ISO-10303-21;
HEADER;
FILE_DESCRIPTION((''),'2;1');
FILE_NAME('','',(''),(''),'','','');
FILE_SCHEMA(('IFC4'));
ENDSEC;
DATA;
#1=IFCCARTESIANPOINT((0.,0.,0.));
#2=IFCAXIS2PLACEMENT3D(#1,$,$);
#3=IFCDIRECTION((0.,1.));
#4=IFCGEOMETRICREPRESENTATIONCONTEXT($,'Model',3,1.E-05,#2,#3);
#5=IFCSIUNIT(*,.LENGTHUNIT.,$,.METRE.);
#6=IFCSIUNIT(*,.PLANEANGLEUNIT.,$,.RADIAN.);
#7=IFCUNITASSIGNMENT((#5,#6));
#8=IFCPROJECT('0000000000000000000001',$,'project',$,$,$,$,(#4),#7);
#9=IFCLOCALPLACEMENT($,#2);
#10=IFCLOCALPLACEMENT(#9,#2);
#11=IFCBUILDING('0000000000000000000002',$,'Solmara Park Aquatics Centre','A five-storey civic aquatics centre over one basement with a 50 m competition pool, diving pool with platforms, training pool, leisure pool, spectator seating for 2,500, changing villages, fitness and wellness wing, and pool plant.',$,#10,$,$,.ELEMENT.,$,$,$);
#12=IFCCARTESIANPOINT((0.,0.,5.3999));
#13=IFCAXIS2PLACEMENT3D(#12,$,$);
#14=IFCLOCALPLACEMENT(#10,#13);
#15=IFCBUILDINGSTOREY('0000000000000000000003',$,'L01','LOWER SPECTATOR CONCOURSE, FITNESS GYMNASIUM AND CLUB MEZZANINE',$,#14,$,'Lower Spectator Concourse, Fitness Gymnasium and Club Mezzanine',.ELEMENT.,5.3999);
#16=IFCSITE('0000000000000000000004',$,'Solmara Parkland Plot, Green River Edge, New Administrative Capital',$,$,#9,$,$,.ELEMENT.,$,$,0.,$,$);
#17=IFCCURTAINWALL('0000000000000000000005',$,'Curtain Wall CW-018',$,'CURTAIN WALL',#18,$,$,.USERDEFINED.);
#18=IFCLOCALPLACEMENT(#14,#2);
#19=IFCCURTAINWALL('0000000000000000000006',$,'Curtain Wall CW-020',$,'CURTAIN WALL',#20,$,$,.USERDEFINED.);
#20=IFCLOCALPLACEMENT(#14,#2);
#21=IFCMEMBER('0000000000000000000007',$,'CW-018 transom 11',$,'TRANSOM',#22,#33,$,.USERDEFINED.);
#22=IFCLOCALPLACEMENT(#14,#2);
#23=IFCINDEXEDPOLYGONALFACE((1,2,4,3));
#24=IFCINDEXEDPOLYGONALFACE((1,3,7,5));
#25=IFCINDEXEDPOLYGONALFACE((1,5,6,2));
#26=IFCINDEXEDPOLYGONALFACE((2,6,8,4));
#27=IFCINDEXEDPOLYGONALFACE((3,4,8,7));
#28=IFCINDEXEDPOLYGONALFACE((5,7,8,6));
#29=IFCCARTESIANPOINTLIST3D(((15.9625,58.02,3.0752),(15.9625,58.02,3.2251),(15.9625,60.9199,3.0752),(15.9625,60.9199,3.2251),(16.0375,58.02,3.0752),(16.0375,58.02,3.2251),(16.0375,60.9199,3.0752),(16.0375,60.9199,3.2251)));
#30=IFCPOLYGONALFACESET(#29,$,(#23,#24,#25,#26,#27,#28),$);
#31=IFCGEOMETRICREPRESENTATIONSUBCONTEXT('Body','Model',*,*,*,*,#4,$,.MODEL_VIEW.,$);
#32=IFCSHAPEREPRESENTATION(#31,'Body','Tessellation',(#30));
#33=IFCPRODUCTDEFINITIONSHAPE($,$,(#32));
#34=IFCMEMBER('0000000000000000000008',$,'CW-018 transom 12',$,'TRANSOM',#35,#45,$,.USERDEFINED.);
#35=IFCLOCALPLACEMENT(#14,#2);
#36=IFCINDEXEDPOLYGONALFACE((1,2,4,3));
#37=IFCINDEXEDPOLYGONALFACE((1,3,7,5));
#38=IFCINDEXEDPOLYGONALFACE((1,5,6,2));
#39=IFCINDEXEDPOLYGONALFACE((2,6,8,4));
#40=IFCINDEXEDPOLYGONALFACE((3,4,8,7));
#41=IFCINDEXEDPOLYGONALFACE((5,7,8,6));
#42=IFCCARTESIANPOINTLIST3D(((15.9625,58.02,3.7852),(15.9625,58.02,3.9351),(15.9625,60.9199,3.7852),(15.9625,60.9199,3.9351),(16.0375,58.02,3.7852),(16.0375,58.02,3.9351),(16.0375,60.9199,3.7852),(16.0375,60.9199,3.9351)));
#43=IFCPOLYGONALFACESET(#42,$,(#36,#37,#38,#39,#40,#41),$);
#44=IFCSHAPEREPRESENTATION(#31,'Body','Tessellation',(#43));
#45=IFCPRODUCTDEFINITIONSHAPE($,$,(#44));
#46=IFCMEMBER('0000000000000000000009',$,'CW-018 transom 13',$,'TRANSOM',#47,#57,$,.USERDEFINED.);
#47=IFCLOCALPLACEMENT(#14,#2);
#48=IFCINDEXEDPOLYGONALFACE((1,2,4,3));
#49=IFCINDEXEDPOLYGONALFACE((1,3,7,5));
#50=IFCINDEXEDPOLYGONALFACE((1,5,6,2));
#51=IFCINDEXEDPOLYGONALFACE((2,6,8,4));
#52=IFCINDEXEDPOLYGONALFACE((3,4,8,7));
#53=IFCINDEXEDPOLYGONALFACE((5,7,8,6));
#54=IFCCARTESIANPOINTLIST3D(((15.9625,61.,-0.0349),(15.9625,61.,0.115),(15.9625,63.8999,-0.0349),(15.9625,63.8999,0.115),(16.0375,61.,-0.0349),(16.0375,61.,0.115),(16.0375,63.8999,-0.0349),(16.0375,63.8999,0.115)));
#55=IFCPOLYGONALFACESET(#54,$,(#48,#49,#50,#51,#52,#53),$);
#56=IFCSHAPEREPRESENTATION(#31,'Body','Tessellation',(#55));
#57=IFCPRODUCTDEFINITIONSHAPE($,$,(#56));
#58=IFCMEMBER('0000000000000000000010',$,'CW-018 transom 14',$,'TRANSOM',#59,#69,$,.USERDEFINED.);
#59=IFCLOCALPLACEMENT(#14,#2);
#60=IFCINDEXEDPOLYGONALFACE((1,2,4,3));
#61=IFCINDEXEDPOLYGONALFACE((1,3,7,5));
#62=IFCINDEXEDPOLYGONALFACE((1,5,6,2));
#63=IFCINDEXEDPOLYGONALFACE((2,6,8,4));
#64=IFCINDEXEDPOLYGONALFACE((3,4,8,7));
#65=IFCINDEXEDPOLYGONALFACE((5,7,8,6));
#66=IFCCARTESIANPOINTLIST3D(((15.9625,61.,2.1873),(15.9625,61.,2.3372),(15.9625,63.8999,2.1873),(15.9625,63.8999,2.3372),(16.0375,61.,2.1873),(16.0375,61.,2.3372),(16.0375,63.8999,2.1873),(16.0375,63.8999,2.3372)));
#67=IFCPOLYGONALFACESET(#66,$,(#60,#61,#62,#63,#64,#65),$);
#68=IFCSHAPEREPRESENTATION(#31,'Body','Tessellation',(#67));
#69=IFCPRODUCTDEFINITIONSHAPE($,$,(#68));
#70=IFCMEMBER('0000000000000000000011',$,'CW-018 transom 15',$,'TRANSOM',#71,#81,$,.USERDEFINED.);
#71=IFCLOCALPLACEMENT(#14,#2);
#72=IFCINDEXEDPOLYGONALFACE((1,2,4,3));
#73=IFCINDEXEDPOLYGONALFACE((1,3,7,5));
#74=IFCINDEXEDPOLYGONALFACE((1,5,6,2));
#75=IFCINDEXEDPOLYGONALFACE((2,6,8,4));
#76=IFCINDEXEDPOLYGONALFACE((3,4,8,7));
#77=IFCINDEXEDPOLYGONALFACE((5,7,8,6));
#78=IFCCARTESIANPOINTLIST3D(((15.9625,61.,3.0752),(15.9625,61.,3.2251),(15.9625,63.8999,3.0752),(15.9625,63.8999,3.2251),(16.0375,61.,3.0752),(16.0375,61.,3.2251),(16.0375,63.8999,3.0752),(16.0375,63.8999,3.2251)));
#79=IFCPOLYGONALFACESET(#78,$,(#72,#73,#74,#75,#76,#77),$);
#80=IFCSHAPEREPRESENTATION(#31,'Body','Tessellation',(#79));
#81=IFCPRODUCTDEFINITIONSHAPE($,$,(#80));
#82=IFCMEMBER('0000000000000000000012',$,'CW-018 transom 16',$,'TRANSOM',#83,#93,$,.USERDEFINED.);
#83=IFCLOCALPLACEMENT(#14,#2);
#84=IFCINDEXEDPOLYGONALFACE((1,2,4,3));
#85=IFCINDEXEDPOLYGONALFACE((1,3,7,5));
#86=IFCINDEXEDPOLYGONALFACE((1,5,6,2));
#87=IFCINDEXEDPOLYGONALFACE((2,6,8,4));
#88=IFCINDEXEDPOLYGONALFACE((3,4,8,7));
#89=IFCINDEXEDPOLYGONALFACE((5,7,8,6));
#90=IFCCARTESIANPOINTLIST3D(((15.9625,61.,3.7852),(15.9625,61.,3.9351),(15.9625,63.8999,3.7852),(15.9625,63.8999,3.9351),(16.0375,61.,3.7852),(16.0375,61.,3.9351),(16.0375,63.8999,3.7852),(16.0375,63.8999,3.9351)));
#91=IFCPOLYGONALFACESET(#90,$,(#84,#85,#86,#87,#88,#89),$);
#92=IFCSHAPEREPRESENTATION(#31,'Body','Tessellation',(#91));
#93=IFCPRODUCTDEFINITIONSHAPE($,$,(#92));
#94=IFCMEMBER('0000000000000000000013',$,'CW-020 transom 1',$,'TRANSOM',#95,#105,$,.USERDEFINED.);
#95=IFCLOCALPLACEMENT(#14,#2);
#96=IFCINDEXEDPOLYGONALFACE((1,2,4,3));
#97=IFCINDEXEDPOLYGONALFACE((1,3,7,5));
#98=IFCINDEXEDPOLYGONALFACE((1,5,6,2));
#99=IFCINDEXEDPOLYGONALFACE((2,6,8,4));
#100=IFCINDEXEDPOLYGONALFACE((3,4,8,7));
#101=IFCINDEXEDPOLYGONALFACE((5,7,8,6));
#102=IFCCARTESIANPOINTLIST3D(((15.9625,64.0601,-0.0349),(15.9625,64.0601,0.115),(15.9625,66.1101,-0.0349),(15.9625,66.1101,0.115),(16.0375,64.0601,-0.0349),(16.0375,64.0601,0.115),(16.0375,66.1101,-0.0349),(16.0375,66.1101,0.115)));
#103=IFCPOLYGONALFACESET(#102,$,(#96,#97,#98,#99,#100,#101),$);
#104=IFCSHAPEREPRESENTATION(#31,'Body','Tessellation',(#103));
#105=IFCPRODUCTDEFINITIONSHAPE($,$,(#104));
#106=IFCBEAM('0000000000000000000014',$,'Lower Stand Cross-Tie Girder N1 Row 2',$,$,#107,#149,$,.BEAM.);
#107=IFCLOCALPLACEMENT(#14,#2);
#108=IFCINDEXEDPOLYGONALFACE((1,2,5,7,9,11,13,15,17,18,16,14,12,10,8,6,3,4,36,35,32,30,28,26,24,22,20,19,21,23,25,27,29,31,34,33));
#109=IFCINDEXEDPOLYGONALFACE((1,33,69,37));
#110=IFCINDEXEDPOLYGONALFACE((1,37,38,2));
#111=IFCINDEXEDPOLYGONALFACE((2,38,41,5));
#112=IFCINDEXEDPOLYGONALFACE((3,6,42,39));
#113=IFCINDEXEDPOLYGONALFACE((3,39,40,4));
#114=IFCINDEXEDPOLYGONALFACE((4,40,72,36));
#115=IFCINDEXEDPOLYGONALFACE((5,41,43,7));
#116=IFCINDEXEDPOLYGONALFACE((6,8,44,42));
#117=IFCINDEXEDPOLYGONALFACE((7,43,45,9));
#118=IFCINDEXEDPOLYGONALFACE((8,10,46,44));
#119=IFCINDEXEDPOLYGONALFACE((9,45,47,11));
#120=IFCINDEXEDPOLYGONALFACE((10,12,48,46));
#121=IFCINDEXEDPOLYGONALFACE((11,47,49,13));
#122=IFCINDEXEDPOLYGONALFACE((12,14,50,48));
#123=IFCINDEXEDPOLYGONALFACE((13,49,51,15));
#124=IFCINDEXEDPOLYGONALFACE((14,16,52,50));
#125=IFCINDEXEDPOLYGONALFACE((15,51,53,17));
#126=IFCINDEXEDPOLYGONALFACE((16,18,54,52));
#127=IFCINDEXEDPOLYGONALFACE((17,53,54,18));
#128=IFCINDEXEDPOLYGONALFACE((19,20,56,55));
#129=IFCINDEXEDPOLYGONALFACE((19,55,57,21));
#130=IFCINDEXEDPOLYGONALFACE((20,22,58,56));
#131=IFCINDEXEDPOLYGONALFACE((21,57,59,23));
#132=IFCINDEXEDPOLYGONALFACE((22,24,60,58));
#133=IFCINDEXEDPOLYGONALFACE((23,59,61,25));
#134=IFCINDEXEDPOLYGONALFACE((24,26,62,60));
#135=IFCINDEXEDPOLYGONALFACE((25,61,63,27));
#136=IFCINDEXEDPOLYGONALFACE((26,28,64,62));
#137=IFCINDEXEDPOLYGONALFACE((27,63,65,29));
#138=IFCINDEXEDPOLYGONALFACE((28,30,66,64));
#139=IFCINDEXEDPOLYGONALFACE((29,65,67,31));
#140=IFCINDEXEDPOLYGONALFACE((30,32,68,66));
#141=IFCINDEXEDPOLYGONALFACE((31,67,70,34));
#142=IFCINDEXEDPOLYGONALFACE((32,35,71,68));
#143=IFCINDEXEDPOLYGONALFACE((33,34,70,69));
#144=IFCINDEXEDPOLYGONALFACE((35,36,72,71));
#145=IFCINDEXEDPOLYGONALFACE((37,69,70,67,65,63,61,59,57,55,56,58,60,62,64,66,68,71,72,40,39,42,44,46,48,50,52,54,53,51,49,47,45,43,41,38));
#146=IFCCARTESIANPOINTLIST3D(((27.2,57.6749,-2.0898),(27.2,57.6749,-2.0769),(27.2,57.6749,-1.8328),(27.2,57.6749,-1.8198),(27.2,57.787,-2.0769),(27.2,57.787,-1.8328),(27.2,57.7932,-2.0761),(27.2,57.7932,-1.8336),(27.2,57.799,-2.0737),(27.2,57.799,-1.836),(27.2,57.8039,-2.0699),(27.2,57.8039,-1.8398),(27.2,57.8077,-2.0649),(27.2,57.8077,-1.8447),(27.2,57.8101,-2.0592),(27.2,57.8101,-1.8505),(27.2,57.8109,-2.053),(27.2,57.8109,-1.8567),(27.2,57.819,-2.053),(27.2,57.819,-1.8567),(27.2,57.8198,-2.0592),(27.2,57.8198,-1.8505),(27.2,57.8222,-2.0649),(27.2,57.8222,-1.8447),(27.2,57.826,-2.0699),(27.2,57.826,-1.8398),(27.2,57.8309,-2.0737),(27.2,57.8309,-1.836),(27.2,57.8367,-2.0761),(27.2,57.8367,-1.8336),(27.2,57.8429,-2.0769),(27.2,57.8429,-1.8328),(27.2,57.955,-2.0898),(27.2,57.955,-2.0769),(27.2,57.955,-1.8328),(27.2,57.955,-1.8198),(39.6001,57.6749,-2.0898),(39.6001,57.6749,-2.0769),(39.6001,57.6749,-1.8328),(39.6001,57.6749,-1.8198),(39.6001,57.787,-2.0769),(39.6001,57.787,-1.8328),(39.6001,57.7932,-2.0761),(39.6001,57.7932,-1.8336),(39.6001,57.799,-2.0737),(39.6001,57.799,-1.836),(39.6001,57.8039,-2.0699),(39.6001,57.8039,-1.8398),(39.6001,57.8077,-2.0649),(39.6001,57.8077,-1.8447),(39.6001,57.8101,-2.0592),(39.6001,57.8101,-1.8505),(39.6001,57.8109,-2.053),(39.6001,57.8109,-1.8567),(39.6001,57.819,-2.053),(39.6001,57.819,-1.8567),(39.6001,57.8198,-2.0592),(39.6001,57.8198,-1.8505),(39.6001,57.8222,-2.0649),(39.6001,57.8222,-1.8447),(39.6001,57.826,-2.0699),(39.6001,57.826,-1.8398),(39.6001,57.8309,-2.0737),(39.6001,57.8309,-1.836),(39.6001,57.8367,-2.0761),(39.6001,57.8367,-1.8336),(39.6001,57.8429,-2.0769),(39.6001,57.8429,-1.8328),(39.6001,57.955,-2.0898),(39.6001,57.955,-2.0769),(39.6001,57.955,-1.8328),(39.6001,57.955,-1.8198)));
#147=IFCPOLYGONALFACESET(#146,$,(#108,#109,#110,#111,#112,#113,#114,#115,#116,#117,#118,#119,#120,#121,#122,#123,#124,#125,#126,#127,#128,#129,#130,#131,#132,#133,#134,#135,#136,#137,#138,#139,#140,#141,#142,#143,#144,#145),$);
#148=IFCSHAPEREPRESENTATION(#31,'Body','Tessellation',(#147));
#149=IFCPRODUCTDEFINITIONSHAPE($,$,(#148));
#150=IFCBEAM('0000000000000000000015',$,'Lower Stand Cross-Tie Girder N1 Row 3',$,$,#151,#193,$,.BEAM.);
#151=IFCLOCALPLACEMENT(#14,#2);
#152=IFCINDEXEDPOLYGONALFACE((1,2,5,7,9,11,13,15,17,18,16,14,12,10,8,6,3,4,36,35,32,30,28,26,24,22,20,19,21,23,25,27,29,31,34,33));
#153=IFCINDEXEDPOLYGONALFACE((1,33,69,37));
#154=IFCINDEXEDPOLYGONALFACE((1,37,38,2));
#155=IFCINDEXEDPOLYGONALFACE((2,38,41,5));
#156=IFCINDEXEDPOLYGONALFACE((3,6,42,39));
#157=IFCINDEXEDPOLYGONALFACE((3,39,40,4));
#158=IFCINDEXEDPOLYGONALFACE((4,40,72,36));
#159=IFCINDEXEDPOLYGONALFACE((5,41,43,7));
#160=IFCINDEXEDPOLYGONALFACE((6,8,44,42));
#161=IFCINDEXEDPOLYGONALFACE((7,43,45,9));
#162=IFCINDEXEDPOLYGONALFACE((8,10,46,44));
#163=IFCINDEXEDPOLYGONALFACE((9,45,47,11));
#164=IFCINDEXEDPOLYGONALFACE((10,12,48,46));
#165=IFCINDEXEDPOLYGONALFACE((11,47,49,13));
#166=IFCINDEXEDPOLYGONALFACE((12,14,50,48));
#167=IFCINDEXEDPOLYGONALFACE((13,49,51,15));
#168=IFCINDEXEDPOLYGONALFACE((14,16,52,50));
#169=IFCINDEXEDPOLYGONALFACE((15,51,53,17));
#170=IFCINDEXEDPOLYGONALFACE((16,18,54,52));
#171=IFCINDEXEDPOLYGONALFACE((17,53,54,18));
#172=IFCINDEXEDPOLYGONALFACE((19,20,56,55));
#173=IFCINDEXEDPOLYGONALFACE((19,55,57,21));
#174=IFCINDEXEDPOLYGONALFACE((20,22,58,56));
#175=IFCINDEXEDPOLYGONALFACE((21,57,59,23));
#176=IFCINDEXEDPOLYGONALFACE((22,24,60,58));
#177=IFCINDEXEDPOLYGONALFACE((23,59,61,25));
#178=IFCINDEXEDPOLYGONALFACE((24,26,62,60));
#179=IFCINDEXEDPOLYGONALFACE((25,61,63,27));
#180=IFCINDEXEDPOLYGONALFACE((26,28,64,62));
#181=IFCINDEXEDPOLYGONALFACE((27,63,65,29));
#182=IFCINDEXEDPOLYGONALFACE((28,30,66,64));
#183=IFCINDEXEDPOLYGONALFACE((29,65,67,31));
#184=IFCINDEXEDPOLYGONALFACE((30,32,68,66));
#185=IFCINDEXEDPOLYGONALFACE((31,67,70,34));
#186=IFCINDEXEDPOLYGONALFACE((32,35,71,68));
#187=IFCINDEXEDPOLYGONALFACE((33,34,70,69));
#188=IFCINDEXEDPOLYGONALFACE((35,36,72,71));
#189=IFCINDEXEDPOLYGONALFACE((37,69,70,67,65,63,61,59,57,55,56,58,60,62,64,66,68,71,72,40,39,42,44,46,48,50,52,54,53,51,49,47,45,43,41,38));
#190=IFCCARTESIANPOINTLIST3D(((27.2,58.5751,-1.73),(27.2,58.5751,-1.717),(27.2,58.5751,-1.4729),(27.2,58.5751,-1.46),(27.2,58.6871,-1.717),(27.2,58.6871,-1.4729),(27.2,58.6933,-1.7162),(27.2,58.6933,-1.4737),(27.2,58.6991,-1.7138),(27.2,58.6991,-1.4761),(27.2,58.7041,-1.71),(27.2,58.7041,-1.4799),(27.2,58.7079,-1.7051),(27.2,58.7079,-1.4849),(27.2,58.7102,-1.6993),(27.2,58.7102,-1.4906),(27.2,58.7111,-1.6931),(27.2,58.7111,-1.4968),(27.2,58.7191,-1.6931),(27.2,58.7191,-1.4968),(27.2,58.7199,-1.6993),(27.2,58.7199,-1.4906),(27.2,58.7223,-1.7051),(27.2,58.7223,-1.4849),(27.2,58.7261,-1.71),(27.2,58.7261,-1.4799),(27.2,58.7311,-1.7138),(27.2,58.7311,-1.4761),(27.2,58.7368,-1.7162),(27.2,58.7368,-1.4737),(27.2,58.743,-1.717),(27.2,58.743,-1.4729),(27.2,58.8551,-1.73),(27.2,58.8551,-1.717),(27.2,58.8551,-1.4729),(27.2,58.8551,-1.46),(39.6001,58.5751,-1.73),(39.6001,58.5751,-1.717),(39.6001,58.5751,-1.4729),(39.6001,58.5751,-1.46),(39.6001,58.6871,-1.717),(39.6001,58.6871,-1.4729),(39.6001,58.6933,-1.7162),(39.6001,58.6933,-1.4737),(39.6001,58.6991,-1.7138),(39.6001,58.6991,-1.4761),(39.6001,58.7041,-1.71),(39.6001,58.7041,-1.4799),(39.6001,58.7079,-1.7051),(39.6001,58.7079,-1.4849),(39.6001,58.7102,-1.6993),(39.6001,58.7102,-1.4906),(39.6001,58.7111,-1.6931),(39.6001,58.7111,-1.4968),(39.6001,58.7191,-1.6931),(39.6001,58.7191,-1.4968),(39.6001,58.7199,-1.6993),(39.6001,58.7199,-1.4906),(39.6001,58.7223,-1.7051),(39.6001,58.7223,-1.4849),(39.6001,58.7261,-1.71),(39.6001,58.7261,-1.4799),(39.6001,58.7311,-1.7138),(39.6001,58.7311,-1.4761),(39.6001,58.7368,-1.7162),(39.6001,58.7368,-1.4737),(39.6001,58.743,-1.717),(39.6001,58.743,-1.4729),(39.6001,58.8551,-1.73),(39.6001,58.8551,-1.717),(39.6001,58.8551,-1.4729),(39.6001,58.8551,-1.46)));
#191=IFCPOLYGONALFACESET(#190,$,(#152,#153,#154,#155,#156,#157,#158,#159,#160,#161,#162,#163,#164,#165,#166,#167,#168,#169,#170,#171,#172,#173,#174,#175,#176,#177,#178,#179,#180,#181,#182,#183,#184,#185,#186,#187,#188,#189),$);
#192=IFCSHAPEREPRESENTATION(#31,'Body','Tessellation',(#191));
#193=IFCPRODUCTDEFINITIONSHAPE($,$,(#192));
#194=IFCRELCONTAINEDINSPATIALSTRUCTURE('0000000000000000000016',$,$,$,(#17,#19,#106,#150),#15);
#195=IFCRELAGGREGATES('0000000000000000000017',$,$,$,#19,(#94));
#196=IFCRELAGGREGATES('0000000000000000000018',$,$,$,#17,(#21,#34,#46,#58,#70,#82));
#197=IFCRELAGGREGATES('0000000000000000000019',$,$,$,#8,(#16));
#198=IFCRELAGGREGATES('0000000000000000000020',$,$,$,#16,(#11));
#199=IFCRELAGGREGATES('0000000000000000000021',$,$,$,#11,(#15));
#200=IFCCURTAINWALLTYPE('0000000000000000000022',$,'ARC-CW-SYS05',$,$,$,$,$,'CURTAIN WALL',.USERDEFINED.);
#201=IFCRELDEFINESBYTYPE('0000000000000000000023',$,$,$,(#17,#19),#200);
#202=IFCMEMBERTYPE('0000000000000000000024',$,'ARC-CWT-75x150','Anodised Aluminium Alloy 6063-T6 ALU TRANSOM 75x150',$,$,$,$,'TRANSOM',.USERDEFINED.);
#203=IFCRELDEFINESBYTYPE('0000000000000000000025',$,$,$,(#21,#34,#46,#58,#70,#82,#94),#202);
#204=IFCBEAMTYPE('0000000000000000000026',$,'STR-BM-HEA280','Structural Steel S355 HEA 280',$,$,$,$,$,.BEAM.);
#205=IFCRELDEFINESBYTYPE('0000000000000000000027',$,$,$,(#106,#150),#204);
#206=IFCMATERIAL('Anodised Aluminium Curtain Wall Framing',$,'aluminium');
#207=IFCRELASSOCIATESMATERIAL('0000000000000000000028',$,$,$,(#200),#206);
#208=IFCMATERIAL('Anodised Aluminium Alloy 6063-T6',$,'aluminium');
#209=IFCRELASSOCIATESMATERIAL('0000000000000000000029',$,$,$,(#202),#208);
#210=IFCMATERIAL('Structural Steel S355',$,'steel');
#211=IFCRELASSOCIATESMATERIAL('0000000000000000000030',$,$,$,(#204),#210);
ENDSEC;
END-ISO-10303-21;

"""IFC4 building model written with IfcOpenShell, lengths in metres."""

from ifc_helpers import new_model, si_unit, direction, frame, origin, origin_2d, place, context, subcontext, project, spatial, rectangle, i_section, extrude, material, material_profile, profile_set, type_object, element, aggregate, save


model = new_model("IFC4")

# Units and contexts
model_context = context("Model", 3, precision=1e-05, world=origin(), true_north=direction((0.0, 1.0)))
body_context = subcontext(model_context, "Body", "Model", "MODEL_VIEW")
ifc_project = project(units=[si_unit("LENGTHUNIT", "METRE"), si_unit("PLANEANGLEUNIT", "RADIAN")], contexts=[model_context])

# Site, building, storey
site_placement = place(None, origin())
site = spatial("IfcSite", under=ifc_project, at=site_placement, Name="Solmara Parkland Plot, Green River Edge, New Administrative Capital", CompositionType="ELEMENT", RefElevation=0.0)
building_placement = place(site_placement, origin())
building = spatial("IfcBuilding", under=site, at=building_placement, Name="Solmara Park Aquatics Centre", Description="A five-storey civic aquatics centre over one basement with a 50 m competition pool, diving pool with platforms, training pool, leisure pool, spectator seating for 2,500, changing villages, fitness and wellness wing, and pool plant.", CompositionType="ELEMENT")
storey_placement = place(building_placement, frame((0.0, 0.0, 5.3999)))
storey = spatial("IfcBuildingStorey", under=building, at=storey_placement, Name="L01", Description="LOWER SPECTATOR CONCOURSE, FITNESS GYMNASIUM AND CLUB MEZZANINE", LongName="Lower Spectator Concourse, Fitness Gymnasium and Club Mezzanine", CompositionType="ELEMENT", Elevation=5.3999)

# Shared definitions
ifc_material_1 = material(Name="Structural Steel S355", Category="steel")

# Curtain wall
ifc_material_2 = material(Name="Anodised Aluminium Curtain Wall Framing", Category="aluminium")
curtain_wall_type = type_object("IfcCurtainWallType", Name="ARC-CW-SYS05", ElementType="CURTAIN WALL", PredefinedType="USERDEFINED", material=ifc_material_2)
curtain_wall_1_placement = place(storey_placement, origin())
curtain_wall_1 = element("IfcCurtainWall", 1, at=curtain_wall_1_placement, inside=storey, type_object=curtain_wall_type, Name="Curtain Wall CW-018", ObjectType="CURTAIN WALL", PredefinedType="USERDEFINED")
ifc_material_3 = material(Name="Anodised Aluminium Alloy 6063-T6", Category="aluminium")

# Curtain wall
curtain_wall_2_placement = place(storey_placement, origin())
curtain_wall_2 = element("IfcCurtainWall", 2, at=curtain_wall_2_placement, inside=storey, type_object=curtain_wall_type, Name="Curtain Wall CW-020", ObjectType="CURTAIN WALL", PredefinedType="USERDEFINED")

# Members
ifc_material_profile_1 = material_profile(ifc_material_3, rectangle(XDim=0.075, YDim=0.1499, at=origin_2d()), Name="ALU TRANSOM 75x150")
ifc_profile_set_1 = profile_set([ifc_material_profile_1], Name="Anodised Aluminium Alloy 6063-T6")
member_type_1 = type_object("IfcMemberType", Name="ARC-CWT-75x150", Description="Anodised Aluminium Alloy 6063-T6 ALU TRANSOM 75x150", ElementType="TRANSOM", PredefinedType="USERDEFINED", material=ifc_profile_set_1)
member_1_placement = place(storey_placement, frame((16.0, 58.02, 3.1501), z_axis=(0.0, 1.0, 0.0), x_axis=(-1.0, 0.0, 0.0)))
member_1 = element("IfcMember", 3, at=member_1_placement, type_object=member_type_1, Name="CW-018 transom 11", ObjectType="TRANSOM", PredefinedType="USERDEFINED", context=body_context, shape_type="SweptSolid", body=[
    extrude(rectangle(XDim=0.075, YDim=0.1499, at=origin_2d()), origin(), (0.0, 0.0, 1.0), 2.8999),
])
member_2_placement = place(storey_placement, frame((16.0, 58.02, 3.8601), z_axis=(0.0, 1.0, 0.0), x_axis=(-1.0, 0.0, 0.0)))
member_2 = element("IfcMember", 4, at=member_2_placement, type_object=member_type_1, Name="CW-018 transom 12", ObjectType="TRANSOM", PredefinedType="USERDEFINED", context=body_context, shape_type="SweptSolid", body=[
    extrude(rectangle(XDim=0.075, YDim=0.1499, at=origin_2d()), origin(), (0.0, 0.0, 1.0), 2.8999),
])
member_3_placement = place(storey_placement, frame((16.0, 61.0, 0.04), z_axis=(0.0, 1.0, 0.0), x_axis=(-1.0, 0.0, 0.0)))
member_3 = element("IfcMember", 5, at=member_3_placement, type_object=member_type_1, Name="CW-018 transom 13", ObjectType="TRANSOM", PredefinedType="USERDEFINED", context=body_context, shape_type="SweptSolid", body=[
    extrude(rectangle(XDim=0.075, YDim=0.1499, at=origin_2d()), origin(), (0.0, 0.0, 1.0), 2.8999),
])
member_4_placement = place(storey_placement, frame((16.0, 61.0, 2.2622), z_axis=(0.0, 1.0, 0.0), x_axis=(-1.0, 0.0, 0.0)))
member_4 = element("IfcMember", 6, at=member_4_placement, type_object=member_type_1, Name="CW-018 transom 14", ObjectType="TRANSOM", PredefinedType="USERDEFINED", context=body_context, shape_type="SweptSolid", body=[
    extrude(rectangle(XDim=0.075, YDim=0.1499, at=origin_2d()), origin(), (0.0, 0.0, 1.0), 2.8999),
])
member_5_placement = place(storey_placement, frame((16.0, 61.0, 3.1501), z_axis=(0.0, 1.0, 0.0), x_axis=(-1.0, 0.0, 0.0)))
member_5 = element("IfcMember", 7, at=member_5_placement, type_object=member_type_1, Name="CW-018 transom 15", ObjectType="TRANSOM", PredefinedType="USERDEFINED", context=body_context, shape_type="SweptSolid", body=[
    extrude(rectangle(XDim=0.075, YDim=0.1499, at=origin_2d()), origin(), (0.0, 0.0, 1.0), 2.8999),
])
member_6_placement = place(storey_placement, frame((16.0, 61.0, 3.8601), z_axis=(0.0, 1.0, 0.0), x_axis=(-1.0, 0.0, 0.0)))
member_6 = element("IfcMember", 8, at=member_6_placement, type_object=member_type_1, Name="CW-018 transom 16", ObjectType="TRANSOM", PredefinedType="USERDEFINED", context=body_context, shape_type="SweptSolid", body=[
    extrude(rectangle(XDim=0.075, YDim=0.1499, at=origin_2d()), origin(), (0.0, 0.0, 1.0), 2.8999),
])
member_7_placement = place(storey_placement, frame((16.0, 64.0601, 0.04), z_axis=(0.0, 1.0, 0.0), x_axis=(-1.0, 0.0, 0.0)))
member_7 = element("IfcMember", 9, at=member_7_placement, type_object=member_type_1, Name="CW-020 transom 1", ObjectType="TRANSOM", PredefinedType="USERDEFINED", context=body_context, shape_type="SweptSolid", body=[
    extrude(rectangle(XDim=0.075, YDim=0.1499, at=origin_2d()), origin(), (0.0, 0.0, 1.0), 2.05),
])
aggregate(curtain_wall_2, [member_7])

# Beams
ifc_material_profile_2 = material_profile(ifc_material_1, i_section(OverallWidth=0.28, OverallDepth=0.27, WebThickness=0.0081, FlangeThickness=0.0129, FilletRadius=0.0239, at=origin_2d()), Name="HEA 280")
ifc_profile_set_2 = profile_set([ifc_material_profile_2], Name="Structural Steel S355")
beam_type_1 = type_object("IfcBeamType", Name="STR-BM-HEA280", Description="Structural Steel S355 HEA 280", PredefinedType="BEAM", material=ifc_profile_set_2)
for number, where, z_axis, x_axis, name in (
    (10, (27.2, 57.8149, -1.9548), (1.0, 0.0, 0.0), (0.0, 1.0, 0.0), "Lower Stand Cross-Tie Girder N1 Row 2"),
    (11, (27.2, 58.7151, -1.595), (1.0, 0.0, 0.0), (0.0, 1.0, 0.0), "Lower Stand Cross-Tie Girder N1 Row 3"),
):
    element("IfcBeam", number, at=place(storey_placement, frame(where, z_axis=z_axis, x_axis=x_axis)), inside=storey, type_object=beam_type_1, Name=name, PredefinedType="BEAM", context=body_context, shape_type="SweptSolid", body=[
        extrude(i_section(OverallWidth=0.28, OverallDepth=0.27, WebThickness=0.0081, FlangeThickness=0.0129, FilletRadius=0.0239, at=origin_2d()), origin(), (0.0, 0.0, 1.0), 12.4001),
    ])

aggregate(curtain_wall_1, [member_1, member_2, member_3, member_4, member_5, member_6])

save(model, "model.ifc")
